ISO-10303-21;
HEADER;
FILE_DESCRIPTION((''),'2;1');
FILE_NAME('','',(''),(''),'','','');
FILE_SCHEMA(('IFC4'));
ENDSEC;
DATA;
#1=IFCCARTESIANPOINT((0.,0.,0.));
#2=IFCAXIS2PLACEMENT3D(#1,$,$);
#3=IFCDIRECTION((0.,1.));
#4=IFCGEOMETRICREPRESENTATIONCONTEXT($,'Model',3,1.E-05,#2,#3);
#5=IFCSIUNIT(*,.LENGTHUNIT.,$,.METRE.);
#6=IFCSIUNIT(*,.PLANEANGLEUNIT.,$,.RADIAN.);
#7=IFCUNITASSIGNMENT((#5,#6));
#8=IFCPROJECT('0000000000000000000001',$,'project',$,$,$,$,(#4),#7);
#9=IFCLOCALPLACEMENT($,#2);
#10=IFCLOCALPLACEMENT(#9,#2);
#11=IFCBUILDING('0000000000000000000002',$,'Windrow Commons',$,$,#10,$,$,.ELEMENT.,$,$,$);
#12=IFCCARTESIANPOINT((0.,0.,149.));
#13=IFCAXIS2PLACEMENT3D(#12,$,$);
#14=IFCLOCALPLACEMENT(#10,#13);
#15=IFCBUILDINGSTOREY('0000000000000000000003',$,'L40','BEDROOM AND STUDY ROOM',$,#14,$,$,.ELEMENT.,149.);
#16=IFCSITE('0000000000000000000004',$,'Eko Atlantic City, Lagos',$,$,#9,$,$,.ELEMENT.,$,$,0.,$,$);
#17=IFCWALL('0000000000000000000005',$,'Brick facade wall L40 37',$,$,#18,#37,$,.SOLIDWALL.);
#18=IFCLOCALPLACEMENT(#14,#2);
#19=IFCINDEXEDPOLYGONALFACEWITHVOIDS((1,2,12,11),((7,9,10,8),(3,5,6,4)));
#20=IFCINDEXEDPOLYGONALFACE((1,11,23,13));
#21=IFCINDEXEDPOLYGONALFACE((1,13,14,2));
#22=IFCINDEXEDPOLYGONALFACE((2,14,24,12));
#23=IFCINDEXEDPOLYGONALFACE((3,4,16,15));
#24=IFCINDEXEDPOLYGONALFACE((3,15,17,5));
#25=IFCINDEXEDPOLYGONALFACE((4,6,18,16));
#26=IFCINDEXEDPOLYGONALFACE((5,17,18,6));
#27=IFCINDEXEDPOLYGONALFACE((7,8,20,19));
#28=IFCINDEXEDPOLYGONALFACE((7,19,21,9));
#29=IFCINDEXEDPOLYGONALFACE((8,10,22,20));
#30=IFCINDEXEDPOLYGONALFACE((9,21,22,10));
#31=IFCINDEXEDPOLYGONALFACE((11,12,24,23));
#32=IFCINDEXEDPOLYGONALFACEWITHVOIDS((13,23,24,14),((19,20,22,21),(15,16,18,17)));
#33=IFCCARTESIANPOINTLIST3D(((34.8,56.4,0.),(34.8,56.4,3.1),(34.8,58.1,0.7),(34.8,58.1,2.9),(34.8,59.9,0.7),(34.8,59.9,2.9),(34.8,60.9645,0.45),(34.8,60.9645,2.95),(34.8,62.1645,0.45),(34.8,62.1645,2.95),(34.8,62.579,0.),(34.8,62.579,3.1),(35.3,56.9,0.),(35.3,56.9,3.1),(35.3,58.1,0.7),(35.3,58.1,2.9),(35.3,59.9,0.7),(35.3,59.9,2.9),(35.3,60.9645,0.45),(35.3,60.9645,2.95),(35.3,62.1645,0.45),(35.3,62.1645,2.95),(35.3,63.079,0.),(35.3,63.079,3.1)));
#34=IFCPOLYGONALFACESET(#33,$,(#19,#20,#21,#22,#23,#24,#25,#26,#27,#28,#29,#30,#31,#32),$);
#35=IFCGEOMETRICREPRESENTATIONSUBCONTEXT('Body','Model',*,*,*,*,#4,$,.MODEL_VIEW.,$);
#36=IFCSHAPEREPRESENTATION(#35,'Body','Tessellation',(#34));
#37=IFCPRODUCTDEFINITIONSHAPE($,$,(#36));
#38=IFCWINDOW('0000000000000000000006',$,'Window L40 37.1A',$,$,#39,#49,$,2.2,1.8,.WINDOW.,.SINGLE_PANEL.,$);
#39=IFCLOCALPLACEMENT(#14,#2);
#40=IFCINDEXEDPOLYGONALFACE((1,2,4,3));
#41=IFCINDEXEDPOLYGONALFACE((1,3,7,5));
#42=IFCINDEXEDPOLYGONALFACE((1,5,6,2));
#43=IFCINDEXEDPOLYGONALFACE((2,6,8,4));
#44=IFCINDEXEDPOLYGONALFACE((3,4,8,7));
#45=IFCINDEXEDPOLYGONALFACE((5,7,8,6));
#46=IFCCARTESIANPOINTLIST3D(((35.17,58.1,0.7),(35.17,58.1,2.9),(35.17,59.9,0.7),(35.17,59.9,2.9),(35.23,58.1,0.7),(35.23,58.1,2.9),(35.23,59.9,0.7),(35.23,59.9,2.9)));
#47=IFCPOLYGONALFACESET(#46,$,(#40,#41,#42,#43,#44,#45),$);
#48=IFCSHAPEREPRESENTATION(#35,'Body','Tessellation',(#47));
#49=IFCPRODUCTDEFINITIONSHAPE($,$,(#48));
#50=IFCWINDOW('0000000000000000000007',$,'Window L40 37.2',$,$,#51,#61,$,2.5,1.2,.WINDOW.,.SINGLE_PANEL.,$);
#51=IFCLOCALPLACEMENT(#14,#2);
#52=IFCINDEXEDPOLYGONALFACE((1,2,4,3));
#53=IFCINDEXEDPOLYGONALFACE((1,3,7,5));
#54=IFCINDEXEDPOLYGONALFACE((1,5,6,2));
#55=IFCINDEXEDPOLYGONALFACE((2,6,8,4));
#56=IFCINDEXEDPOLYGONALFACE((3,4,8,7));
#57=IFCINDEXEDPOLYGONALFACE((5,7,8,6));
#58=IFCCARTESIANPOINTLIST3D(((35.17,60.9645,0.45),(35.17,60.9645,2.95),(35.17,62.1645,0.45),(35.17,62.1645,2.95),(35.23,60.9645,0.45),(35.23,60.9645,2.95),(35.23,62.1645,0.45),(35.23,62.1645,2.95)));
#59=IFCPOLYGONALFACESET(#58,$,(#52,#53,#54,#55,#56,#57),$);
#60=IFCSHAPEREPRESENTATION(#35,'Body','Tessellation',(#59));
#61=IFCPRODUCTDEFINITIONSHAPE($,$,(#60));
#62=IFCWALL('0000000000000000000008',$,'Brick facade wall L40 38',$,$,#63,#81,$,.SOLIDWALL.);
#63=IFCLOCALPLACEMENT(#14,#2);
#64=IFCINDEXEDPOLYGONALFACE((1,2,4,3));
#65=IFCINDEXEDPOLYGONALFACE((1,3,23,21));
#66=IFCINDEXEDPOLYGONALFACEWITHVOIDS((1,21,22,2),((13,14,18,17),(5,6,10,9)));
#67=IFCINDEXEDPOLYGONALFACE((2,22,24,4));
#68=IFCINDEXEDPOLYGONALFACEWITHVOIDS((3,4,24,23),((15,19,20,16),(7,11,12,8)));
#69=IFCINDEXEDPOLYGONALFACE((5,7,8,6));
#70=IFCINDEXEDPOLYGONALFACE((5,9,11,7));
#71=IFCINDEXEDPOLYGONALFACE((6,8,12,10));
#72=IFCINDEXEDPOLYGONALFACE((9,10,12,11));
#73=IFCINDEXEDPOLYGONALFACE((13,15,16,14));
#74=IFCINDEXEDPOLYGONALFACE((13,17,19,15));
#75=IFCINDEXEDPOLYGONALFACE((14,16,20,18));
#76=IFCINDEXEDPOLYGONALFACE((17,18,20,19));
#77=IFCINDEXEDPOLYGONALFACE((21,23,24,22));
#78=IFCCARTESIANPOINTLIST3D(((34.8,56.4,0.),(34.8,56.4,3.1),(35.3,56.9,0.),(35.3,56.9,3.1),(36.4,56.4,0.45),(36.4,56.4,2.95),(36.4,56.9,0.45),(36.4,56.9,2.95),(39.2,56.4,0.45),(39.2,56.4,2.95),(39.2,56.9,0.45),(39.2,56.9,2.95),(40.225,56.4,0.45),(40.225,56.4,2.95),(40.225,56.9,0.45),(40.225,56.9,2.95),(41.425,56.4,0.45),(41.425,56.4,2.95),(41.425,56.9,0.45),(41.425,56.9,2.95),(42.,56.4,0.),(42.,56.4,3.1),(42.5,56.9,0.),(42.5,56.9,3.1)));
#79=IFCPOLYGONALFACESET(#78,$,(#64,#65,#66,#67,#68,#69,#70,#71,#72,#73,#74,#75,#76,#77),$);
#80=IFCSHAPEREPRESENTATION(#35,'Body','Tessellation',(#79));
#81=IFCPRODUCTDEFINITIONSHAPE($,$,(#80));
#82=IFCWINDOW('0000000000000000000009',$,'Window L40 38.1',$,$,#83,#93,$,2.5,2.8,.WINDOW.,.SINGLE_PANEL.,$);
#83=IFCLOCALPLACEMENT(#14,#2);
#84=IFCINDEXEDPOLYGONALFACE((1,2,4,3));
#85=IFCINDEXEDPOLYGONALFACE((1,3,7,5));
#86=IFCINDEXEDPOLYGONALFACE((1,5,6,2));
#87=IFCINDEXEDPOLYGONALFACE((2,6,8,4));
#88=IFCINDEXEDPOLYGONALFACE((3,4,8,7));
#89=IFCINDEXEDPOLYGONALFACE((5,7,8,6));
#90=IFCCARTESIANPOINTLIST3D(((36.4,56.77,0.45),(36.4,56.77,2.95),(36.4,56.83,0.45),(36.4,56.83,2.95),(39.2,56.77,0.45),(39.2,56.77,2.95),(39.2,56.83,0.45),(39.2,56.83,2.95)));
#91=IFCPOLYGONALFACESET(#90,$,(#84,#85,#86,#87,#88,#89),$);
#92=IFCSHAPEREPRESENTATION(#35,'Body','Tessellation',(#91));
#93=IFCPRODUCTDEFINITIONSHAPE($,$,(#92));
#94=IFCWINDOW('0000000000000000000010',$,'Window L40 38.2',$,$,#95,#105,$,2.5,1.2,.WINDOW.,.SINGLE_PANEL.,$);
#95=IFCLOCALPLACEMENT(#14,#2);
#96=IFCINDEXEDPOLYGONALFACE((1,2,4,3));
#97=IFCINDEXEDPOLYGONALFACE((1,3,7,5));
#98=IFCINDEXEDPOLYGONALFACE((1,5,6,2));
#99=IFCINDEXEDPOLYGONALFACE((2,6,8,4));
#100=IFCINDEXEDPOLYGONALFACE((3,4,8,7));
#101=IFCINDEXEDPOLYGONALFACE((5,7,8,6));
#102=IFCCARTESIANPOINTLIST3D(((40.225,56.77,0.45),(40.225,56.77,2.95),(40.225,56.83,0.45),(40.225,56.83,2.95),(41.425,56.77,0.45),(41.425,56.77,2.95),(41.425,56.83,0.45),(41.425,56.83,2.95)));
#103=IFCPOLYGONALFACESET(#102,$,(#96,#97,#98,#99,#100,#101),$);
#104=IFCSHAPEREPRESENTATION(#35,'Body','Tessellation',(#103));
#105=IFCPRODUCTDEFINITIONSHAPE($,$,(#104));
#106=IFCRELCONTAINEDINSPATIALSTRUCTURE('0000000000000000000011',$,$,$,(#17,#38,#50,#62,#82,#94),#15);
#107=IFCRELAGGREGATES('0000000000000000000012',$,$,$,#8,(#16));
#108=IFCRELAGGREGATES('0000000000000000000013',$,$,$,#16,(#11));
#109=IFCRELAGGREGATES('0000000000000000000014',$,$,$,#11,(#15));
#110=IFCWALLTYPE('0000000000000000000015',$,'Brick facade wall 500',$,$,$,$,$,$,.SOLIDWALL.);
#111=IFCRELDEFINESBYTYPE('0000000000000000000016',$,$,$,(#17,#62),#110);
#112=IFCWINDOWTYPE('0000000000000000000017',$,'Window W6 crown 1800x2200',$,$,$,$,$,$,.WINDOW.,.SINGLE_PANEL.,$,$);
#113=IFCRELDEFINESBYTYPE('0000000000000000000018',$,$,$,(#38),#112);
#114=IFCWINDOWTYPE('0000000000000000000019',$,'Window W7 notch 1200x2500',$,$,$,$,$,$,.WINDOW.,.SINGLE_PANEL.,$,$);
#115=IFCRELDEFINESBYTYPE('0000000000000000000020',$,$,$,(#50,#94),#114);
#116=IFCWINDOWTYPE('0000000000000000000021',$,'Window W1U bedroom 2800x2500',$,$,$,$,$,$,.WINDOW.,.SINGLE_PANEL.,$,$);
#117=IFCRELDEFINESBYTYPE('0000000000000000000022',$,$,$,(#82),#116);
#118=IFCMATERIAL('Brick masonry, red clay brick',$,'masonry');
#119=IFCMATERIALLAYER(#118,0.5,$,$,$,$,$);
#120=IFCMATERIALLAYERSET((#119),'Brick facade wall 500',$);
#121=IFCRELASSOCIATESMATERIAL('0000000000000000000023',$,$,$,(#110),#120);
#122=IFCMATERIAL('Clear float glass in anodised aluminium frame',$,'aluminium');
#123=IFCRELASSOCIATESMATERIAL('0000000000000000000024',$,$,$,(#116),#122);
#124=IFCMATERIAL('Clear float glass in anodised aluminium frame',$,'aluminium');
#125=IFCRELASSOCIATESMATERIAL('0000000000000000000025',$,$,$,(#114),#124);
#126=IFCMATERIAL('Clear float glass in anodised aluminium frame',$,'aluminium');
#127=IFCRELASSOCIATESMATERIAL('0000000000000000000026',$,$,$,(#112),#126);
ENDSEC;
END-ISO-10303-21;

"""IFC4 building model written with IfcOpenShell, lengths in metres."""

from ifc_helpers import new_model, si_unit, direction, frame, frame_2d, origin, place, context, subcontext, project, spatial, polyline, rectangle, outline, extrude, material, layer, layer_set, type_object, element, fill, save


model = new_model("IFC4")

# Units and contexts
model_context = context("Model", 3, precision=1e-05, world=origin(), true_north=direction((0.0, 1.0)))
body_context = subcontext(model_context, "Body", "Model", "MODEL_VIEW")
ifc_project = project(units=[si_unit("LENGTHUNIT", "METRE"), si_unit("PLANEANGLEUNIT", "RADIAN")], contexts=[model_context])

# Site, building, storey
site_placement = place(None, origin())
site = spatial("IfcSite", under=ifc_project, at=site_placement, Name="Eko Atlantic City, Lagos", CompositionType="ELEMENT", RefElevation=0.0)
building_placement = place(site_placement, origin())
building = spatial("IfcBuilding", under=site, at=building_placement, Name="Windrow Commons", CompositionType="ELEMENT")
storey_placement = place(building_placement, frame((0.0, 0.0, 149.0)))
storey = spatial("IfcBuildingStorey", under=building, at=storey_placement, Name="L40", Description="BEDROOM AND STUDY ROOM", CompositionType="ELEMENT", Elevation=149.0)

# Walls, openings, windows
ifc_material_1 = material(Name="Brick masonry, red clay brick", Category="masonry")
ifc_layer_1 = layer(ifc_material_1, 0.5)
ifc_layer_set_1 = layer_set([ifc_layer_1], Name="Brick facade wall 500")
wall_type_1 = type_object("IfcWallType", Name="Brick facade wall 500", PredefinedType="SOLIDWALL", material=ifc_layer_set_1)
ifc_material_2 = material(Name="Clear float glass in anodised aluminium frame", Category="aluminium")
window_type_1 = type_object("IfcWindowType", Name="Window W1U bedroom 2800x2500", PartitioningType="SINGLE_PANEL", PredefinedType="WINDOW", material=ifc_material_2)
ifc_material_3 = material(Name="Clear float glass in anodised aluminium frame", Category="aluminium")
window_type_2 = type_object("IfcWindowType", Name="Window W7 notch 1200x2500", PartitioningType="SINGLE_PANEL", PredefinedType="WINDOW", material=ifc_material_3)
wall_1_placement = place(storey_placement, frame((35.05, 62.829, 0.0), z_axis=(0.0, 0.0, 1.0), x_axis=(0.0, -1.0, 0.0)))
wall_1 = element("IfcWall", 1, at=wall_1_placement, inside=storey, type_object=wall_type_1, Name="Brick facade wall L40 37", PredefinedType="SOLIDWALL", context=body_context, shape_type="SweptSolid", body=[
    extrude(outline(polyline([(0.25, -0.25), (6.429, -0.25), (5.929, 0.25), (-0.25, 0.25), (0.25, -0.25)])), origin(), (0.0, 0.0, 1.0), 3.1),
])
opening_1_placement = place(wall_1_placement, frame((0.6645, 0.0, 0.45)))
opening_1 = element("IfcOpeningElement", 2, at=opening_1_placement, cuts=wall_1, PredefinedType="OPENING", context=body_context, shape_type="SweptSolid", body=[
    extrude(rectangle(XDim=1.2, YDim=2.5, at=frame_2d((0.6, 1.25))), frame((0.0, 0.26, 0.0), z_axis=(0.0, -1.0, 0.0), x_axis=(1.0, 0.0, 0.0)), (0.0, 0.0, 1.0), 0.52),
])
opening_2_placement = place(wall_1_placement, frame((2.929, 0.0, 0.7)))
opening_2 = element("IfcOpeningElement", 3, at=opening_2_placement, cuts=wall_1, PredefinedType="OPENING", context=body_context, shape_type="SweptSolid", body=[
    extrude(rectangle(XDim=1.8, YDim=2.2, at=frame_2d((0.9, 1.1))), frame((0.0, 0.26, 0.0), z_axis=(0.0, -1.0, 0.0), x_axis=(1.0, 0.0, 0.0)), (0.0, 0.0, 1.0), 0.52),
])
ifc_material_4 = material(Name="Clear float glass in anodised aluminium frame", Category="aluminium")
window_type_3 = type_object("IfcWindowType", Name="Window W6 crown 1800x2200", PartitioningType="SINGLE_PANEL", PredefinedType="WINDOW", material=ifc_material_4)
window_1_placement = place(opening_2_placement, origin())
window_1 = element("IfcWindow", 4, at=window_1_placement, inside=storey, type_object=window_type_3, Name="Window L40 37.1A", OverallHeight=2.2, OverallWidth=1.8, PartitioningType="SINGLE_PANEL", PredefinedType="WINDOW", context=body_context, shape_type="SweptSolid", body=[
    extrude(rectangle(XDim=1.8, YDim=2.2, at=frame_2d((0.9, 1.1))), frame((0.0, 0.18, 0.0), z_axis=(0.0, -1.0, 0.0), x_axis=(1.0, 0.0, 0.0)), (0.0, 0.0, 1.0), 0.06),
])
fill(opening_2, window_1)
window_2_placement = place(opening_1_placement, origin())
window_2 = element("IfcWindow", 5, at=window_2_placement, inside=storey, type_object=window_type_2, Name="Window L40 37.2", OverallHeight=2.5, OverallWidth=1.2, PartitioningType="SINGLE_PANEL", PredefinedType="WINDOW", context=body_context, shape_type="SweptSolid", body=[
    extrude(rectangle(XDim=1.2, YDim=2.5, at=frame_2d((0.6, 1.25))), frame((0.0, 0.18, 0.0), z_axis=(0.0, -1.0, 0.0), x_axis=(1.0, 0.0, 0.0)), (0.0, 0.0, 1.0), 0.06),
])
fill(opening_1, window_2)
wall_2_placement = place(storey_placement, frame((35.05, 56.65, 0.0), z_axis=(0.0, 0.0, 1.0), x_axis=(1.0, 0.0, 0.0)))
wall_2 = element("IfcWall", 6, at=wall_2_placement, inside=storey, type_object=wall_type_1, Name="Brick facade wall L40 38", PredefinedType="SOLIDWALL", context=body_context, shape_type="SweptSolid", body=[
    extrude(outline(polyline([(-0.25, -0.25), (6.95, -0.25), (7.45, 0.25), (0.25, 0.25), (-0.25, -0.25)])), origin(), (0.0, 0.0, 1.0), 3.1),
])
opening_3_placement = place(wall_2_placement, frame((1.35, 0.0, 0.45)))
opening_3 = element("IfcOpeningElement", 7, at=opening_3_placement, cuts=wall_2, PredefinedType="OPENING", context=body_context, shape_type="SweptSolid", body=[
    extrude(rectangle(XDim=2.8, YDim=2.5, at=frame_2d((1.4, 1.25))), frame((0.0, 0.26, 0.0), z_axis=(0.0, -1.0, 0.0), x_axis=(1.0, 0.0, 0.0)), (0.0, 0.0, 1.0), 0.52),
])
opening_4_placement = place(wall_2_placement, frame((5.175, 0.0, 0.45)))
opening_4 = element("IfcOpeningElement", 8, at=opening_4_placement, cuts=wall_2, PredefinedType="OPENING", context=body_context, shape_type="SweptSolid", body=[
    extrude(rectangle(XDim=1.2, YDim=2.5, at=frame_2d((0.6, 1.25))), frame((0.0, 0.26, 0.0), z_axis=(0.0, -1.0, 0.0), x_axis=(1.0, 0.0, 0.0)), (0.0, 0.0, 1.0), 0.52),
])
window_3_placement = place(opening_3_placement, origin())
window_3 = element("IfcWindow", 9, at=window_3_placement, inside=storey, type_object=window_type_1, Name="Window L40 38.1", OverallHeight=2.5, OverallWidth=2.8, PartitioningType="SINGLE_PANEL", PredefinedType="WINDOW", context=body_context, shape_type="SweptSolid", body=[
    extrude(rectangle(XDim=2.8, YDim=2.5, at=frame_2d((1.4, 1.25))), frame((0.0, 0.18, 0.0), z_axis=(0.0, -1.0, 0.0), x_axis=(1.0, 0.0, 0.0)), (0.0, 0.0, 1.0), 0.06),
])
fill(opening_3, window_3)
window_4_placement = place(opening_4_placement, origin())
window_4 = element("IfcWindow", 10, at=window_4_placement, inside=storey, type_object=window_type_2, Name="Window L40 38.2", OverallHeight=2.5, OverallWidth=1.2, PartitioningType="SINGLE_PANEL", PredefinedType="WINDOW", context=body_context, shape_type="SweptSolid", body=[
    extrude(rectangle(XDim=1.2, YDim=2.5, at=frame_2d((0.6, 1.25))), frame((0.0, 0.18, 0.0), z_axis=(0.0, -1.0, 0.0), x_axis=(1.0, 0.0, 0.0)), (0.0, 0.0, 1.0), 0.06),
])
fill(opening_4, window_4)

save(model, "model.ifc")
